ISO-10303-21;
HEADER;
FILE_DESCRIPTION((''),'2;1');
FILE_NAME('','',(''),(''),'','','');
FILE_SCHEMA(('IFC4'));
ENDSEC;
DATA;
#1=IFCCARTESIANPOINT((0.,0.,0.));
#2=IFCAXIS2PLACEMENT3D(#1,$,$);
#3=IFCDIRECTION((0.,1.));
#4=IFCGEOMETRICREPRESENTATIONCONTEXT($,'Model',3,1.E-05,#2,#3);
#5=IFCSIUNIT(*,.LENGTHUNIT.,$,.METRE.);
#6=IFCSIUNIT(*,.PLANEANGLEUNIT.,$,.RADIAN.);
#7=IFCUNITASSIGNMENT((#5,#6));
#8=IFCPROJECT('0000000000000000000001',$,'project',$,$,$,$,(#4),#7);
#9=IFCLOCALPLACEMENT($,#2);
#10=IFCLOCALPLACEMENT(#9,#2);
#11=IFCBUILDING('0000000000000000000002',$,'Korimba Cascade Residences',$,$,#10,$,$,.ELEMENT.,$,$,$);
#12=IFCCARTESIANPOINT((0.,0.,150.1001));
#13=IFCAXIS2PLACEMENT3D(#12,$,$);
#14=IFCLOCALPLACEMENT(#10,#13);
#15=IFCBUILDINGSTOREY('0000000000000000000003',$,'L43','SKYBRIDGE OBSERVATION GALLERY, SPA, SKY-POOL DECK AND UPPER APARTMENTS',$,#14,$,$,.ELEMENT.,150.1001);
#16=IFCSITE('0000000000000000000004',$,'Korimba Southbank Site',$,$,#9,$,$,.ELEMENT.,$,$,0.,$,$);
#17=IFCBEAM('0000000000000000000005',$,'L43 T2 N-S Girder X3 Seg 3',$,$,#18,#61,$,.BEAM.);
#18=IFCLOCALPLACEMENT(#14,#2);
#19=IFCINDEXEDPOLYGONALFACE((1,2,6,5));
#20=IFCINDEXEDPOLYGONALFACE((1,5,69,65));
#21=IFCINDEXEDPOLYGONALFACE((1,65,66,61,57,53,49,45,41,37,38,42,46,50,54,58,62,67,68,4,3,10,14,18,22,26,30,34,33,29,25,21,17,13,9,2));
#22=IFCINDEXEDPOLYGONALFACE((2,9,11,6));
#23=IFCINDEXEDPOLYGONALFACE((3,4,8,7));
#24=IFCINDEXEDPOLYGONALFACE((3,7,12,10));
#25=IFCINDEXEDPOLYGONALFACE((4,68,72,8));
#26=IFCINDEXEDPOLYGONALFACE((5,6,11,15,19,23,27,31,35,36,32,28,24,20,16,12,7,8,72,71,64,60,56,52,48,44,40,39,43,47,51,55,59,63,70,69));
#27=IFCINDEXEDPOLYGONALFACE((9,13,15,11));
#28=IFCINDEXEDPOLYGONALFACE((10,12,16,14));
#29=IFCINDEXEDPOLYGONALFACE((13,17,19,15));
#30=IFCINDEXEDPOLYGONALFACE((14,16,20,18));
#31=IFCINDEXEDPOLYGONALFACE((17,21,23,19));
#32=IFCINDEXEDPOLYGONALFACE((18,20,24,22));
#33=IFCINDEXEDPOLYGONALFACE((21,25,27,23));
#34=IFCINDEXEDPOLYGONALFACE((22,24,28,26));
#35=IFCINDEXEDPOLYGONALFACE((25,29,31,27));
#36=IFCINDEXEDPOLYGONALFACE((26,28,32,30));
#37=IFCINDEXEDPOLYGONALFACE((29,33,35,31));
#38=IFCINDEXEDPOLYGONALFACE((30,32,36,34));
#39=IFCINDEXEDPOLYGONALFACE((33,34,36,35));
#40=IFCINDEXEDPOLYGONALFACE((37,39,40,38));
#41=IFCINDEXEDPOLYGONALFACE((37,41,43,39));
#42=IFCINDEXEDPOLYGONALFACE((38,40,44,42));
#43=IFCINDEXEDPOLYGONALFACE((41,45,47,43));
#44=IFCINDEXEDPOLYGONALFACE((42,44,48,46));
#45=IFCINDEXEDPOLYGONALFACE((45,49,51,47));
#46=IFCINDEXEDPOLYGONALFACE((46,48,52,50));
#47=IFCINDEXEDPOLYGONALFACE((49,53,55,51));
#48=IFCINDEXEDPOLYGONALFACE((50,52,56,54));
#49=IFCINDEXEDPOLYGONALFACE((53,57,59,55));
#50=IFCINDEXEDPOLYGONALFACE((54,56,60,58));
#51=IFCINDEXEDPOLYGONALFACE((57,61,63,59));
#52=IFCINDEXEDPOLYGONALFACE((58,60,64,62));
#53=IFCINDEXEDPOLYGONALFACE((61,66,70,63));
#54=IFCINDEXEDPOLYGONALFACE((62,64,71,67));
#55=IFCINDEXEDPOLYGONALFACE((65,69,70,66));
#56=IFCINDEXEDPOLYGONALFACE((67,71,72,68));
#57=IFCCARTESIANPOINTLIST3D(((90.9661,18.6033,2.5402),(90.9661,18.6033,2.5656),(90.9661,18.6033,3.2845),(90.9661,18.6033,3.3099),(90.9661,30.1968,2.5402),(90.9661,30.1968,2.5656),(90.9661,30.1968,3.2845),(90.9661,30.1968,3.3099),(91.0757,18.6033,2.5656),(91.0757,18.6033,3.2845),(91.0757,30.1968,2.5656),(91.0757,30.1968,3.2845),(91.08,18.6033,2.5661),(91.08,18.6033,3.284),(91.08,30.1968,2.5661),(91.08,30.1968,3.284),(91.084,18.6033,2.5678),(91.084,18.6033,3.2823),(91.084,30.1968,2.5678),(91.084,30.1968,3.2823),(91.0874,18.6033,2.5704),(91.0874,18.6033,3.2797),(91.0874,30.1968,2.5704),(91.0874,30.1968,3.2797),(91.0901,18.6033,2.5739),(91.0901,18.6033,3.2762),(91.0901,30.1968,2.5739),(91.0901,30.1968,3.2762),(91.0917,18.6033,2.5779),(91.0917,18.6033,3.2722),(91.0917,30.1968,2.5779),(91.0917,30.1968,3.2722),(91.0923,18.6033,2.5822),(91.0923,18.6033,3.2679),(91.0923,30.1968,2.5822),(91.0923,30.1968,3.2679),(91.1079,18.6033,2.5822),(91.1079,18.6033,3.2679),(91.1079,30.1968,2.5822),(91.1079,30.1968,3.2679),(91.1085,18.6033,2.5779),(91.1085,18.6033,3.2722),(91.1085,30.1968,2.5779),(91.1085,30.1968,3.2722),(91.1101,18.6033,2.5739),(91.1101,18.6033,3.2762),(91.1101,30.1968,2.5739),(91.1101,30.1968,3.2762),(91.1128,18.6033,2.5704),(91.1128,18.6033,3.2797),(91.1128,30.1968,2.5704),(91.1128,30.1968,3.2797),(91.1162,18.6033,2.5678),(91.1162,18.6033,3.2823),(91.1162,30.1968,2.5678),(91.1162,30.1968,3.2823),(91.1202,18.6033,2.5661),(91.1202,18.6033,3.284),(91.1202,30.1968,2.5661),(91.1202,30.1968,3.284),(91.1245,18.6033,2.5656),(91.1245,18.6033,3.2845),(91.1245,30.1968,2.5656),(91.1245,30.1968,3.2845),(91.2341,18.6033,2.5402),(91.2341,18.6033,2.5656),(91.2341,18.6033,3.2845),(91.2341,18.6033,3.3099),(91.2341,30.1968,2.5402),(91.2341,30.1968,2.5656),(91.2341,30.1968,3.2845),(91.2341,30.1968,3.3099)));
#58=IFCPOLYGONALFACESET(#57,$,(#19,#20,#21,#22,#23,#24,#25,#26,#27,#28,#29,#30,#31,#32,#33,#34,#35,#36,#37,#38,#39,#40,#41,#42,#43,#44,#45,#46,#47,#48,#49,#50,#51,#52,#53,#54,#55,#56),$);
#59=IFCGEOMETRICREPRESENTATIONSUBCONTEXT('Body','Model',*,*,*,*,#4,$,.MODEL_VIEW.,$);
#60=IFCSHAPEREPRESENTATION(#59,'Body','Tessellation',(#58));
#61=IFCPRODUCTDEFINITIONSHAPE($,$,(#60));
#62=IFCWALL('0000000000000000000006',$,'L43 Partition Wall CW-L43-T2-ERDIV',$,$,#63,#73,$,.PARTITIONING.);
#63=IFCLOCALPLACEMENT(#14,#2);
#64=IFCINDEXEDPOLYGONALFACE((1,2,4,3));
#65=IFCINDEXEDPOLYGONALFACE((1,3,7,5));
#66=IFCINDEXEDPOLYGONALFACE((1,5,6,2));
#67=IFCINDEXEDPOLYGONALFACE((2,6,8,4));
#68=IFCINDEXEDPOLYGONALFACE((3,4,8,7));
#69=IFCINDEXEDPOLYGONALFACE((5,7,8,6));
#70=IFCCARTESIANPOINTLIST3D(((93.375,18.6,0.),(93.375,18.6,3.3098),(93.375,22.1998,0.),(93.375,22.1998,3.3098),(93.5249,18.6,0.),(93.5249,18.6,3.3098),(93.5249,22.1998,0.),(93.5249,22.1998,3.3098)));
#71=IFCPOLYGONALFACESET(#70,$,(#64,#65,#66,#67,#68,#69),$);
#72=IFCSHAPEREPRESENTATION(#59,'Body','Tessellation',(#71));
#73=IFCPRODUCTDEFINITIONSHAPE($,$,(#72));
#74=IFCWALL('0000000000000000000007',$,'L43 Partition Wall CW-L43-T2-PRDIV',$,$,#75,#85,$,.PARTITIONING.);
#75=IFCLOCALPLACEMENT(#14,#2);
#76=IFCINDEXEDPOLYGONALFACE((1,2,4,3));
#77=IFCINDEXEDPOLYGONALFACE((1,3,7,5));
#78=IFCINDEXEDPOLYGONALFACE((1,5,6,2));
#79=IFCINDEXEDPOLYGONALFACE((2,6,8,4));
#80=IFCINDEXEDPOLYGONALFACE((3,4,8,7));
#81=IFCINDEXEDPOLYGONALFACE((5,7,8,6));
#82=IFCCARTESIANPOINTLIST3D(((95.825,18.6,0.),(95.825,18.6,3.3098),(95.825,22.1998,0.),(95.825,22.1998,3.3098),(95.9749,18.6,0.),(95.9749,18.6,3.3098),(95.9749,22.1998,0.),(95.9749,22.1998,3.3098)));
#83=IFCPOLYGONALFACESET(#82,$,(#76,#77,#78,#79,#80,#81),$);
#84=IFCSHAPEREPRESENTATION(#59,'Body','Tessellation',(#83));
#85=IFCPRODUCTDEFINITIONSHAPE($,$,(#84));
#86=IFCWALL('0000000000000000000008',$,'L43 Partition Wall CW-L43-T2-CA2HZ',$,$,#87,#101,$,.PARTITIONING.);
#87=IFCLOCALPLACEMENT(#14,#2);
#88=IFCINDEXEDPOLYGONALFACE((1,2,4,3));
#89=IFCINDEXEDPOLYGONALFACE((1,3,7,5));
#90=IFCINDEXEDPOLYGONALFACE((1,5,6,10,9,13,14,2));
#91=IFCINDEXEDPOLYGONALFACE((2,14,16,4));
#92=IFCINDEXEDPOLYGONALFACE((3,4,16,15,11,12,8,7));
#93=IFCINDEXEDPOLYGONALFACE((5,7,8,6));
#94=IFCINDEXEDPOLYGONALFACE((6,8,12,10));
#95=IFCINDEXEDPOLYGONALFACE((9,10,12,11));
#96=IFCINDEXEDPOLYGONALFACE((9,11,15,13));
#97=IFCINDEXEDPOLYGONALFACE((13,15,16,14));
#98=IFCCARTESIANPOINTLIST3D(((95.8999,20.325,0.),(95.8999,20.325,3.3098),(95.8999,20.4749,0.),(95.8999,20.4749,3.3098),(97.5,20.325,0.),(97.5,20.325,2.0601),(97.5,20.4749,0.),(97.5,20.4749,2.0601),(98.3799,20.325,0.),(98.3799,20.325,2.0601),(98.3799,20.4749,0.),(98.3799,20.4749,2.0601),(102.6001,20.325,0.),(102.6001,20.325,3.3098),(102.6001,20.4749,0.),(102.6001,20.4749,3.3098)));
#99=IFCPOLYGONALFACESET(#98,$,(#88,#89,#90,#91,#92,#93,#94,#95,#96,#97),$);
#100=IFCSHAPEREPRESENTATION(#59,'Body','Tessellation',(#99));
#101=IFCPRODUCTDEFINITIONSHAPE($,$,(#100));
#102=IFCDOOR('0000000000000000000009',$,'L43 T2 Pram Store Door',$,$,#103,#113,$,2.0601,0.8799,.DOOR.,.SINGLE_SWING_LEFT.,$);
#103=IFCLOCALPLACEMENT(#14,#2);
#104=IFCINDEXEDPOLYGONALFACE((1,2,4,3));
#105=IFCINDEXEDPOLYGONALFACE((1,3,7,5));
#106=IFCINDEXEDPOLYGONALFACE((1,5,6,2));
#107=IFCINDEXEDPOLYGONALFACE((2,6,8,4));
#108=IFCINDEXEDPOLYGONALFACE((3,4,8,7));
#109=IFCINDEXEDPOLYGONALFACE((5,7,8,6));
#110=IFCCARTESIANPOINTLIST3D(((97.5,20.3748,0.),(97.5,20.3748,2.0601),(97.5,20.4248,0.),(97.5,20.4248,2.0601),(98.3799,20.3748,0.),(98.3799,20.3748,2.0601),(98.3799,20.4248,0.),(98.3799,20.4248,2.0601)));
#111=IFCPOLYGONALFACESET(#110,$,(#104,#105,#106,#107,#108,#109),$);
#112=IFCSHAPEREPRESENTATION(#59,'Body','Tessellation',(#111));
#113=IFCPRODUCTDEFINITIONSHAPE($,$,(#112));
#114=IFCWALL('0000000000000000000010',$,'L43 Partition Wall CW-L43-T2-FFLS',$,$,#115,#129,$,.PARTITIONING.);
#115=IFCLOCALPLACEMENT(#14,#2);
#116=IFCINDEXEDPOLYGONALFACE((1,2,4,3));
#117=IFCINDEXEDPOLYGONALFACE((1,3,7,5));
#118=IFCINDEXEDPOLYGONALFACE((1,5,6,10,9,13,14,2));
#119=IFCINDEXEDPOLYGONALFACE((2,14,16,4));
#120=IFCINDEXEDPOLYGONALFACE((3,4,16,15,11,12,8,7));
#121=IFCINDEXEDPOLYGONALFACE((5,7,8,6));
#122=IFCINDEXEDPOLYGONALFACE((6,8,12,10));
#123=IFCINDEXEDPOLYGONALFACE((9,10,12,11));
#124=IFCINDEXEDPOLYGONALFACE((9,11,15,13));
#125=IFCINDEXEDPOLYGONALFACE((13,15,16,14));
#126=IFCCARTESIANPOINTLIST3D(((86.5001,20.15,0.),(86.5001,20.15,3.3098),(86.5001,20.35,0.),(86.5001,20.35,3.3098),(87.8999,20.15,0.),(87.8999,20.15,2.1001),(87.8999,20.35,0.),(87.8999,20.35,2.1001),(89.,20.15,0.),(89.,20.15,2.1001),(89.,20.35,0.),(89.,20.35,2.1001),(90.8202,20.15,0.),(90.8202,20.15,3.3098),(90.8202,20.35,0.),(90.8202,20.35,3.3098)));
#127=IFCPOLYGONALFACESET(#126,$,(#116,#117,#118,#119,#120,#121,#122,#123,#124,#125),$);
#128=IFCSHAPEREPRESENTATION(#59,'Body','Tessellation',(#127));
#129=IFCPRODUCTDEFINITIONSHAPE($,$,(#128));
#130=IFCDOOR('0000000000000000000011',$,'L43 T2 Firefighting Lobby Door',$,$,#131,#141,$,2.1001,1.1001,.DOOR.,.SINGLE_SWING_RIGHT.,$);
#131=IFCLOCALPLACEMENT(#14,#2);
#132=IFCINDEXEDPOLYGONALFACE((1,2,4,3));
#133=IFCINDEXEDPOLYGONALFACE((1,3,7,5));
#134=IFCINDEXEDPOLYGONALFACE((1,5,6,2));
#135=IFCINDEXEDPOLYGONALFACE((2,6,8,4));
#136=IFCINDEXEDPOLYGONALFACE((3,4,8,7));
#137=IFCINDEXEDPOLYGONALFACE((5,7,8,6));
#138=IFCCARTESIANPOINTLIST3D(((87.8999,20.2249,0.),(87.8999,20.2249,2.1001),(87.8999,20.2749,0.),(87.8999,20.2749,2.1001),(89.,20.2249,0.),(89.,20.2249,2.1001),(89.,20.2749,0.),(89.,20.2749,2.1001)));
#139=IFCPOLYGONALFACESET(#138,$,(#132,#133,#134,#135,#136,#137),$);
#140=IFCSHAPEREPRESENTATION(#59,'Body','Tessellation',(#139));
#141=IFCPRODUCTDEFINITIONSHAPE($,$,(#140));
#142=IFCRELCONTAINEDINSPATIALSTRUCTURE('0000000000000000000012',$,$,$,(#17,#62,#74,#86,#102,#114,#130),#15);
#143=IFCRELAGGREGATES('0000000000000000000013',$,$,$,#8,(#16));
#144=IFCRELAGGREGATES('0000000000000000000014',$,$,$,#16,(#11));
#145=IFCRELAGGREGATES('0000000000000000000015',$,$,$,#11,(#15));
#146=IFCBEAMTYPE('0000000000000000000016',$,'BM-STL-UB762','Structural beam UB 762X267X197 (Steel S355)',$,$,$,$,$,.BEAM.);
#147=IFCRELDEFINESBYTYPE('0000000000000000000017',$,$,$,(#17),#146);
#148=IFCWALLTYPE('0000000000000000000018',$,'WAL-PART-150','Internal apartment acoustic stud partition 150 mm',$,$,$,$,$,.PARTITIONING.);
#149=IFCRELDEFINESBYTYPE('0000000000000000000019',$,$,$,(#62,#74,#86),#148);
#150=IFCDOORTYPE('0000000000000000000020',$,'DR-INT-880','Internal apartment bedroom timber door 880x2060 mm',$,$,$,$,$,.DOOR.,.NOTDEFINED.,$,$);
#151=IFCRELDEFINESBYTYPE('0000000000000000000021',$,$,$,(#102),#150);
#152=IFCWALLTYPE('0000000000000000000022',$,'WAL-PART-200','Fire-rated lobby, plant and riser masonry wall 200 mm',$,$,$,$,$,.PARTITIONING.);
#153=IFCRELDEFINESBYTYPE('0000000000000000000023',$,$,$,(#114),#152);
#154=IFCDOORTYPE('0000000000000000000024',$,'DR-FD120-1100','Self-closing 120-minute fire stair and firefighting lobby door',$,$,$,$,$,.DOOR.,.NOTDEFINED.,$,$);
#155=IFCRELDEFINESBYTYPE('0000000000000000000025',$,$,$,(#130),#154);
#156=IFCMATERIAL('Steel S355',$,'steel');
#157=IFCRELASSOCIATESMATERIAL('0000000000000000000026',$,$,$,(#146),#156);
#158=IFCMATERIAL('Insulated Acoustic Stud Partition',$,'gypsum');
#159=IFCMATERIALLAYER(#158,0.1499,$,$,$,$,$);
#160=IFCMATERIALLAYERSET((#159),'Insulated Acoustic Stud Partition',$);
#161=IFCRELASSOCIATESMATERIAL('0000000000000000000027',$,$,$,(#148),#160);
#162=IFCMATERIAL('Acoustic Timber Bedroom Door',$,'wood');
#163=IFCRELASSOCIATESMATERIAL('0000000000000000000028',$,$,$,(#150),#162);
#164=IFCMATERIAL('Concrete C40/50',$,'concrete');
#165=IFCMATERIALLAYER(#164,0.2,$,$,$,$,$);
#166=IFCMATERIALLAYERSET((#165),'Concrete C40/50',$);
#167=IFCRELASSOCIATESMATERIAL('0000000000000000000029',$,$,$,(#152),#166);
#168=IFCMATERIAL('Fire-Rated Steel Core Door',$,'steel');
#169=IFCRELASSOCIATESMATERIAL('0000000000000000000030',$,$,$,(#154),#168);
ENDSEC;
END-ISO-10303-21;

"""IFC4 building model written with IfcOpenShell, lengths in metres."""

from ifc_helpers import new_model, si_unit, direction, frame, frame_2d, origin, origin_2d, place, context, subcontext, project, spatial, rectangle, i_section, extrude, material, layer, layer_set, material_profile, profile_set, type_object, element, fill, save


model = new_model("IFC4")

# Units and contexts
model_context = context("Model", 3, precision=1e-05, world=origin(), true_north=direction((0.0, 1.0)))
body_context = subcontext(model_context, "Body", "Model", "MODEL_VIEW")
ifc_project = project(units=[si_unit("LENGTHUNIT", "METRE"), si_unit("PLANEANGLEUNIT", "RADIAN")], contexts=[model_context])

# Site, building, storey
site_placement = place(None, origin())
site = spatial("IfcSite", under=ifc_project, at=site_placement, Name="Korimba Southbank Site", CompositionType="ELEMENT", RefElevation=0.0)
building_placement = place(site_placement, origin())
building = spatial("IfcBuilding", under=site, at=building_placement, Name="Korimba Cascade Residences", CompositionType="ELEMENT")
storey_placement = place(building_placement, frame((0.0, 0.0, 150.1001)))
storey = spatial("IfcBuildingStorey", under=building, at=storey_placement, Name="L43", Description="SKYBRIDGE OBSERVATION GALLERY, SPA, SKY-POOL DECK AND UPPER APARTMENTS", CompositionType="ELEMENT", Elevation=150.1001)

# Beam
ifc_material_1 = material(Name="Steel S355", Category="steel")
ifc_material_profile = material_profile(ifc_material_1, i_section(OverallWidth=0.2681, OverallDepth=0.7698, WebThickness=0.0156, FlangeThickness=0.0254, FilletRadius=0.0166, at=origin_2d()), Name="Steel S355")
ifc_profile_set = profile_set([ifc_material_profile], Name="Steel S355")
beam_type = type_object("IfcBeamType", Name="BM-STL-UB762", Description="Structural beam UB 762X267X197 (Steel S355)", PredefinedType="BEAM", material=ifc_profile_set)
beam_placement = place(storey_placement, frame((91.1001, 18.6033, 2.925), z_axis=(0.0, 1.0, 0.0), x_axis=(-1.0, 0.0, 0.0)))
element("IfcBeam", 1, at=beam_placement, inside=storey, type_object=beam_type, Name="L43 T2 N-S Girder X3 Seg 3", PredefinedType="BEAM", context=body_context, shape_type="SweptSolid", body=[
    extrude(i_section(OverallWidth=0.2681, OverallDepth=0.7698, WebThickness=0.0156, FlangeThickness=0.0254, FilletRadius=0.0166, at=origin_2d()), origin(), (0.0, 0.0, 1.0), 11.5935),
])

# Walls
ifc_material_2 = material(Name="Insulated Acoustic Stud Partition", Category="gypsum")
ifc_layer_1 = layer(ifc_material_2, 0.1499)
ifc_layer_set_1 = layer_set([ifc_layer_1], Name="Insulated Acoustic Stud Partition")
wall_type_1 = type_object("IfcWallType", Name="WAL-PART-150", Description="Internal apartment acoustic stud partition 150 mm", PredefinedType="PARTITIONING", material=ifc_layer_set_1)
for number, where, z_axis, x_axis, name in (
    (2, (93.45, 18.6001, 0.0), (0.0, 0.0, 1.0), (0.0, 1.0, 0.0), "L43 Partition Wall CW-L43-T2-ERDIV"),
    (3, (95.8999, 18.6001, 0.0), (0.0, 0.0, 1.0), (0.0, 1.0, 0.0), "L43 Partition Wall CW-L43-T2-PRDIV"),
):
    element("IfcWall", number, at=place(storey_placement, frame(where, z_axis=z_axis, x_axis=x_axis)), inside=storey, type_object=wall_type_1, Name=name, PredefinedType="PARTITIONING", context=body_context, shape_type="SweptSolid", body=[
        extrude(rectangle(XDim=3.5999, YDim=0.1499, at=frame_2d((1.7998, 0.0))), origin(), (0.0, 0.0, 1.0), 3.3098),
    ])

# Walls, openings, doors
wall_1_placement = place(storey_placement, frame((95.8999, 20.3999, 0.0), z_axis=(0.0, 0.0, 1.0), x_axis=(1.0, 0.0, 0.0)))
wall_1 = element("IfcWall", 4, at=wall_1_placement, inside=storey, type_object=wall_type_1, Name="L43 Partition Wall CW-L43-T2-CA2HZ", PredefinedType="PARTITIONING", context=body_context, shape_type="SweptSolid", body=[
    extrude(rectangle(XDim=6.7002, YDim=0.1499, at=frame_2d((3.3501, 0.0))), origin(), (0.0, 0.0, 1.0), 3.3098),
])
opening_1_placement = place(wall_1_placement, frame((1.6001, 0.0, 0.0)))
opening_1 = element("IfcOpeningElement", 5, at=opening_1_placement, cuts=wall_1, PredefinedType="OPENING", context=body_context, shape_type="SweptSolid", body=[
    extrude(rectangle(XDim=0.8799, YDim=2.0601, at=frame_2d((0.4399, 1.03))), frame((0.0, 0.085, 0.0), z_axis=(0.0, -1.0, 0.0), x_axis=(1.0, 0.0, 0.0)), (0.0, 0.0, 1.0), 0.1699),
])
ifc_material_3 = material(Name="Acoustic Timber Bedroom Door", Category="wood")
door_type_1 = type_object("IfcDoorType", Name="DR-INT-880", Description="Internal apartment bedroom timber door 880x2060 mm", OperationType="NOTDEFINED", PredefinedType="DOOR", material=ifc_material_3)
door_1_placement = place(opening_1_placement, origin())
door_1 = element("IfcDoor", 6, at=door_1_placement, inside=storey, type_object=door_type_1, Name="L43 T2 Pram Store Door", OperationType="SINGLE_SWING_LEFT", OverallHeight=2.0601, OverallWidth=0.8799, PredefinedType="DOOR", context=body_context, shape_type="SweptSolid", body=[
    extrude(rectangle(XDim=0.8799, YDim=2.0601, at=frame_2d((0.4399, 1.03))), frame((0.0, 0.0249, 0.0), z_axis=(0.0, -1.0, 0.0), x_axis=(1.0, 0.0, 0.0)), (0.0, 0.0, 1.0), 0.05),
])
fill(opening_1, door_1)
ifc_material_4 = material(Name="Concrete C40/50", Category="concrete")
ifc_layer_2 = layer(ifc_material_4, 0.2)
ifc_layer_set_2 = layer_set([ifc_layer_2], Name="Concrete C40/50")
wall_type_2 = type_object("IfcWallType", Name="WAL-PART-200", Description="Fire-rated lobby, plant and riser masonry wall 200 mm", PredefinedType="PARTITIONING", material=ifc_layer_set_2)
wall_2_placement = place(storey_placement, frame((86.5, 20.25, 0.0), z_axis=(0.0, 0.0, 1.0), x_axis=(1.0, 0.0, 0.0)))
wall_2 = element("IfcWall", 7, at=wall_2_placement, inside=storey, type_object=wall_type_2, Name="L43 Partition Wall CW-L43-T2-FFLS", PredefinedType="PARTITIONING", context=body_context, shape_type="SweptSolid", body=[
    extrude(rectangle(XDim=4.3201, YDim=0.2, at=frame_2d((2.1602, 0.0))), origin(), (0.0, 0.0, 1.0), 3.3098),
])
opening_2_placement = place(wall_2_placement, frame((1.3999, 0.0, 0.0)))
opening_2 = element("IfcOpeningElement", 8, at=opening_2_placement, cuts=wall_2, PredefinedType="OPENING", context=body_context, shape_type="SweptSolid", body=[
    extrude(rectangle(XDim=1.1001, YDim=2.1001, at=frame_2d((0.55, 1.05))), frame((0.0, 0.1099, 0.0), z_axis=(0.0, -1.0, 0.0), x_axis=(1.0, 0.0, 0.0)), (0.0, 0.0, 1.0), 0.22),
])
ifc_material_5 = material(Name="Fire-Rated Steel Core Door", Category="steel")
door_type_2 = type_object("IfcDoorType", Name="DR-FD120-1100", Description="Self-closing 120-minute fire stair and firefighting lobby door", OperationType="NOTDEFINED", PredefinedType="DOOR", material=ifc_material_5)
door_2_placement = place(opening_2_placement, origin())
door_2 = element("IfcDoor", 9, at=door_2_placement, inside=storey, type_object=door_type_2, Name="L43 T2 Firefighting Lobby Door", OperationType="SINGLE_SWING_RIGHT", OverallHeight=2.1001, OverallWidth=1.1001, PredefinedType="DOOR", context=body_context, shape_type="SweptSolid", body=[
    extrude(rectangle(XDim=1.1001, YDim=2.1001, at=frame_2d((0.55, 1.05))), frame((0.0, 0.0249, 0.0), z_axis=(0.0, -1.0, 0.0), x_axis=(1.0, 0.0, 0.0)), (0.0, 0.0, 1.0), 0.05),
])
fill(opening_2, door_2)

save(model, "model.ifc")
